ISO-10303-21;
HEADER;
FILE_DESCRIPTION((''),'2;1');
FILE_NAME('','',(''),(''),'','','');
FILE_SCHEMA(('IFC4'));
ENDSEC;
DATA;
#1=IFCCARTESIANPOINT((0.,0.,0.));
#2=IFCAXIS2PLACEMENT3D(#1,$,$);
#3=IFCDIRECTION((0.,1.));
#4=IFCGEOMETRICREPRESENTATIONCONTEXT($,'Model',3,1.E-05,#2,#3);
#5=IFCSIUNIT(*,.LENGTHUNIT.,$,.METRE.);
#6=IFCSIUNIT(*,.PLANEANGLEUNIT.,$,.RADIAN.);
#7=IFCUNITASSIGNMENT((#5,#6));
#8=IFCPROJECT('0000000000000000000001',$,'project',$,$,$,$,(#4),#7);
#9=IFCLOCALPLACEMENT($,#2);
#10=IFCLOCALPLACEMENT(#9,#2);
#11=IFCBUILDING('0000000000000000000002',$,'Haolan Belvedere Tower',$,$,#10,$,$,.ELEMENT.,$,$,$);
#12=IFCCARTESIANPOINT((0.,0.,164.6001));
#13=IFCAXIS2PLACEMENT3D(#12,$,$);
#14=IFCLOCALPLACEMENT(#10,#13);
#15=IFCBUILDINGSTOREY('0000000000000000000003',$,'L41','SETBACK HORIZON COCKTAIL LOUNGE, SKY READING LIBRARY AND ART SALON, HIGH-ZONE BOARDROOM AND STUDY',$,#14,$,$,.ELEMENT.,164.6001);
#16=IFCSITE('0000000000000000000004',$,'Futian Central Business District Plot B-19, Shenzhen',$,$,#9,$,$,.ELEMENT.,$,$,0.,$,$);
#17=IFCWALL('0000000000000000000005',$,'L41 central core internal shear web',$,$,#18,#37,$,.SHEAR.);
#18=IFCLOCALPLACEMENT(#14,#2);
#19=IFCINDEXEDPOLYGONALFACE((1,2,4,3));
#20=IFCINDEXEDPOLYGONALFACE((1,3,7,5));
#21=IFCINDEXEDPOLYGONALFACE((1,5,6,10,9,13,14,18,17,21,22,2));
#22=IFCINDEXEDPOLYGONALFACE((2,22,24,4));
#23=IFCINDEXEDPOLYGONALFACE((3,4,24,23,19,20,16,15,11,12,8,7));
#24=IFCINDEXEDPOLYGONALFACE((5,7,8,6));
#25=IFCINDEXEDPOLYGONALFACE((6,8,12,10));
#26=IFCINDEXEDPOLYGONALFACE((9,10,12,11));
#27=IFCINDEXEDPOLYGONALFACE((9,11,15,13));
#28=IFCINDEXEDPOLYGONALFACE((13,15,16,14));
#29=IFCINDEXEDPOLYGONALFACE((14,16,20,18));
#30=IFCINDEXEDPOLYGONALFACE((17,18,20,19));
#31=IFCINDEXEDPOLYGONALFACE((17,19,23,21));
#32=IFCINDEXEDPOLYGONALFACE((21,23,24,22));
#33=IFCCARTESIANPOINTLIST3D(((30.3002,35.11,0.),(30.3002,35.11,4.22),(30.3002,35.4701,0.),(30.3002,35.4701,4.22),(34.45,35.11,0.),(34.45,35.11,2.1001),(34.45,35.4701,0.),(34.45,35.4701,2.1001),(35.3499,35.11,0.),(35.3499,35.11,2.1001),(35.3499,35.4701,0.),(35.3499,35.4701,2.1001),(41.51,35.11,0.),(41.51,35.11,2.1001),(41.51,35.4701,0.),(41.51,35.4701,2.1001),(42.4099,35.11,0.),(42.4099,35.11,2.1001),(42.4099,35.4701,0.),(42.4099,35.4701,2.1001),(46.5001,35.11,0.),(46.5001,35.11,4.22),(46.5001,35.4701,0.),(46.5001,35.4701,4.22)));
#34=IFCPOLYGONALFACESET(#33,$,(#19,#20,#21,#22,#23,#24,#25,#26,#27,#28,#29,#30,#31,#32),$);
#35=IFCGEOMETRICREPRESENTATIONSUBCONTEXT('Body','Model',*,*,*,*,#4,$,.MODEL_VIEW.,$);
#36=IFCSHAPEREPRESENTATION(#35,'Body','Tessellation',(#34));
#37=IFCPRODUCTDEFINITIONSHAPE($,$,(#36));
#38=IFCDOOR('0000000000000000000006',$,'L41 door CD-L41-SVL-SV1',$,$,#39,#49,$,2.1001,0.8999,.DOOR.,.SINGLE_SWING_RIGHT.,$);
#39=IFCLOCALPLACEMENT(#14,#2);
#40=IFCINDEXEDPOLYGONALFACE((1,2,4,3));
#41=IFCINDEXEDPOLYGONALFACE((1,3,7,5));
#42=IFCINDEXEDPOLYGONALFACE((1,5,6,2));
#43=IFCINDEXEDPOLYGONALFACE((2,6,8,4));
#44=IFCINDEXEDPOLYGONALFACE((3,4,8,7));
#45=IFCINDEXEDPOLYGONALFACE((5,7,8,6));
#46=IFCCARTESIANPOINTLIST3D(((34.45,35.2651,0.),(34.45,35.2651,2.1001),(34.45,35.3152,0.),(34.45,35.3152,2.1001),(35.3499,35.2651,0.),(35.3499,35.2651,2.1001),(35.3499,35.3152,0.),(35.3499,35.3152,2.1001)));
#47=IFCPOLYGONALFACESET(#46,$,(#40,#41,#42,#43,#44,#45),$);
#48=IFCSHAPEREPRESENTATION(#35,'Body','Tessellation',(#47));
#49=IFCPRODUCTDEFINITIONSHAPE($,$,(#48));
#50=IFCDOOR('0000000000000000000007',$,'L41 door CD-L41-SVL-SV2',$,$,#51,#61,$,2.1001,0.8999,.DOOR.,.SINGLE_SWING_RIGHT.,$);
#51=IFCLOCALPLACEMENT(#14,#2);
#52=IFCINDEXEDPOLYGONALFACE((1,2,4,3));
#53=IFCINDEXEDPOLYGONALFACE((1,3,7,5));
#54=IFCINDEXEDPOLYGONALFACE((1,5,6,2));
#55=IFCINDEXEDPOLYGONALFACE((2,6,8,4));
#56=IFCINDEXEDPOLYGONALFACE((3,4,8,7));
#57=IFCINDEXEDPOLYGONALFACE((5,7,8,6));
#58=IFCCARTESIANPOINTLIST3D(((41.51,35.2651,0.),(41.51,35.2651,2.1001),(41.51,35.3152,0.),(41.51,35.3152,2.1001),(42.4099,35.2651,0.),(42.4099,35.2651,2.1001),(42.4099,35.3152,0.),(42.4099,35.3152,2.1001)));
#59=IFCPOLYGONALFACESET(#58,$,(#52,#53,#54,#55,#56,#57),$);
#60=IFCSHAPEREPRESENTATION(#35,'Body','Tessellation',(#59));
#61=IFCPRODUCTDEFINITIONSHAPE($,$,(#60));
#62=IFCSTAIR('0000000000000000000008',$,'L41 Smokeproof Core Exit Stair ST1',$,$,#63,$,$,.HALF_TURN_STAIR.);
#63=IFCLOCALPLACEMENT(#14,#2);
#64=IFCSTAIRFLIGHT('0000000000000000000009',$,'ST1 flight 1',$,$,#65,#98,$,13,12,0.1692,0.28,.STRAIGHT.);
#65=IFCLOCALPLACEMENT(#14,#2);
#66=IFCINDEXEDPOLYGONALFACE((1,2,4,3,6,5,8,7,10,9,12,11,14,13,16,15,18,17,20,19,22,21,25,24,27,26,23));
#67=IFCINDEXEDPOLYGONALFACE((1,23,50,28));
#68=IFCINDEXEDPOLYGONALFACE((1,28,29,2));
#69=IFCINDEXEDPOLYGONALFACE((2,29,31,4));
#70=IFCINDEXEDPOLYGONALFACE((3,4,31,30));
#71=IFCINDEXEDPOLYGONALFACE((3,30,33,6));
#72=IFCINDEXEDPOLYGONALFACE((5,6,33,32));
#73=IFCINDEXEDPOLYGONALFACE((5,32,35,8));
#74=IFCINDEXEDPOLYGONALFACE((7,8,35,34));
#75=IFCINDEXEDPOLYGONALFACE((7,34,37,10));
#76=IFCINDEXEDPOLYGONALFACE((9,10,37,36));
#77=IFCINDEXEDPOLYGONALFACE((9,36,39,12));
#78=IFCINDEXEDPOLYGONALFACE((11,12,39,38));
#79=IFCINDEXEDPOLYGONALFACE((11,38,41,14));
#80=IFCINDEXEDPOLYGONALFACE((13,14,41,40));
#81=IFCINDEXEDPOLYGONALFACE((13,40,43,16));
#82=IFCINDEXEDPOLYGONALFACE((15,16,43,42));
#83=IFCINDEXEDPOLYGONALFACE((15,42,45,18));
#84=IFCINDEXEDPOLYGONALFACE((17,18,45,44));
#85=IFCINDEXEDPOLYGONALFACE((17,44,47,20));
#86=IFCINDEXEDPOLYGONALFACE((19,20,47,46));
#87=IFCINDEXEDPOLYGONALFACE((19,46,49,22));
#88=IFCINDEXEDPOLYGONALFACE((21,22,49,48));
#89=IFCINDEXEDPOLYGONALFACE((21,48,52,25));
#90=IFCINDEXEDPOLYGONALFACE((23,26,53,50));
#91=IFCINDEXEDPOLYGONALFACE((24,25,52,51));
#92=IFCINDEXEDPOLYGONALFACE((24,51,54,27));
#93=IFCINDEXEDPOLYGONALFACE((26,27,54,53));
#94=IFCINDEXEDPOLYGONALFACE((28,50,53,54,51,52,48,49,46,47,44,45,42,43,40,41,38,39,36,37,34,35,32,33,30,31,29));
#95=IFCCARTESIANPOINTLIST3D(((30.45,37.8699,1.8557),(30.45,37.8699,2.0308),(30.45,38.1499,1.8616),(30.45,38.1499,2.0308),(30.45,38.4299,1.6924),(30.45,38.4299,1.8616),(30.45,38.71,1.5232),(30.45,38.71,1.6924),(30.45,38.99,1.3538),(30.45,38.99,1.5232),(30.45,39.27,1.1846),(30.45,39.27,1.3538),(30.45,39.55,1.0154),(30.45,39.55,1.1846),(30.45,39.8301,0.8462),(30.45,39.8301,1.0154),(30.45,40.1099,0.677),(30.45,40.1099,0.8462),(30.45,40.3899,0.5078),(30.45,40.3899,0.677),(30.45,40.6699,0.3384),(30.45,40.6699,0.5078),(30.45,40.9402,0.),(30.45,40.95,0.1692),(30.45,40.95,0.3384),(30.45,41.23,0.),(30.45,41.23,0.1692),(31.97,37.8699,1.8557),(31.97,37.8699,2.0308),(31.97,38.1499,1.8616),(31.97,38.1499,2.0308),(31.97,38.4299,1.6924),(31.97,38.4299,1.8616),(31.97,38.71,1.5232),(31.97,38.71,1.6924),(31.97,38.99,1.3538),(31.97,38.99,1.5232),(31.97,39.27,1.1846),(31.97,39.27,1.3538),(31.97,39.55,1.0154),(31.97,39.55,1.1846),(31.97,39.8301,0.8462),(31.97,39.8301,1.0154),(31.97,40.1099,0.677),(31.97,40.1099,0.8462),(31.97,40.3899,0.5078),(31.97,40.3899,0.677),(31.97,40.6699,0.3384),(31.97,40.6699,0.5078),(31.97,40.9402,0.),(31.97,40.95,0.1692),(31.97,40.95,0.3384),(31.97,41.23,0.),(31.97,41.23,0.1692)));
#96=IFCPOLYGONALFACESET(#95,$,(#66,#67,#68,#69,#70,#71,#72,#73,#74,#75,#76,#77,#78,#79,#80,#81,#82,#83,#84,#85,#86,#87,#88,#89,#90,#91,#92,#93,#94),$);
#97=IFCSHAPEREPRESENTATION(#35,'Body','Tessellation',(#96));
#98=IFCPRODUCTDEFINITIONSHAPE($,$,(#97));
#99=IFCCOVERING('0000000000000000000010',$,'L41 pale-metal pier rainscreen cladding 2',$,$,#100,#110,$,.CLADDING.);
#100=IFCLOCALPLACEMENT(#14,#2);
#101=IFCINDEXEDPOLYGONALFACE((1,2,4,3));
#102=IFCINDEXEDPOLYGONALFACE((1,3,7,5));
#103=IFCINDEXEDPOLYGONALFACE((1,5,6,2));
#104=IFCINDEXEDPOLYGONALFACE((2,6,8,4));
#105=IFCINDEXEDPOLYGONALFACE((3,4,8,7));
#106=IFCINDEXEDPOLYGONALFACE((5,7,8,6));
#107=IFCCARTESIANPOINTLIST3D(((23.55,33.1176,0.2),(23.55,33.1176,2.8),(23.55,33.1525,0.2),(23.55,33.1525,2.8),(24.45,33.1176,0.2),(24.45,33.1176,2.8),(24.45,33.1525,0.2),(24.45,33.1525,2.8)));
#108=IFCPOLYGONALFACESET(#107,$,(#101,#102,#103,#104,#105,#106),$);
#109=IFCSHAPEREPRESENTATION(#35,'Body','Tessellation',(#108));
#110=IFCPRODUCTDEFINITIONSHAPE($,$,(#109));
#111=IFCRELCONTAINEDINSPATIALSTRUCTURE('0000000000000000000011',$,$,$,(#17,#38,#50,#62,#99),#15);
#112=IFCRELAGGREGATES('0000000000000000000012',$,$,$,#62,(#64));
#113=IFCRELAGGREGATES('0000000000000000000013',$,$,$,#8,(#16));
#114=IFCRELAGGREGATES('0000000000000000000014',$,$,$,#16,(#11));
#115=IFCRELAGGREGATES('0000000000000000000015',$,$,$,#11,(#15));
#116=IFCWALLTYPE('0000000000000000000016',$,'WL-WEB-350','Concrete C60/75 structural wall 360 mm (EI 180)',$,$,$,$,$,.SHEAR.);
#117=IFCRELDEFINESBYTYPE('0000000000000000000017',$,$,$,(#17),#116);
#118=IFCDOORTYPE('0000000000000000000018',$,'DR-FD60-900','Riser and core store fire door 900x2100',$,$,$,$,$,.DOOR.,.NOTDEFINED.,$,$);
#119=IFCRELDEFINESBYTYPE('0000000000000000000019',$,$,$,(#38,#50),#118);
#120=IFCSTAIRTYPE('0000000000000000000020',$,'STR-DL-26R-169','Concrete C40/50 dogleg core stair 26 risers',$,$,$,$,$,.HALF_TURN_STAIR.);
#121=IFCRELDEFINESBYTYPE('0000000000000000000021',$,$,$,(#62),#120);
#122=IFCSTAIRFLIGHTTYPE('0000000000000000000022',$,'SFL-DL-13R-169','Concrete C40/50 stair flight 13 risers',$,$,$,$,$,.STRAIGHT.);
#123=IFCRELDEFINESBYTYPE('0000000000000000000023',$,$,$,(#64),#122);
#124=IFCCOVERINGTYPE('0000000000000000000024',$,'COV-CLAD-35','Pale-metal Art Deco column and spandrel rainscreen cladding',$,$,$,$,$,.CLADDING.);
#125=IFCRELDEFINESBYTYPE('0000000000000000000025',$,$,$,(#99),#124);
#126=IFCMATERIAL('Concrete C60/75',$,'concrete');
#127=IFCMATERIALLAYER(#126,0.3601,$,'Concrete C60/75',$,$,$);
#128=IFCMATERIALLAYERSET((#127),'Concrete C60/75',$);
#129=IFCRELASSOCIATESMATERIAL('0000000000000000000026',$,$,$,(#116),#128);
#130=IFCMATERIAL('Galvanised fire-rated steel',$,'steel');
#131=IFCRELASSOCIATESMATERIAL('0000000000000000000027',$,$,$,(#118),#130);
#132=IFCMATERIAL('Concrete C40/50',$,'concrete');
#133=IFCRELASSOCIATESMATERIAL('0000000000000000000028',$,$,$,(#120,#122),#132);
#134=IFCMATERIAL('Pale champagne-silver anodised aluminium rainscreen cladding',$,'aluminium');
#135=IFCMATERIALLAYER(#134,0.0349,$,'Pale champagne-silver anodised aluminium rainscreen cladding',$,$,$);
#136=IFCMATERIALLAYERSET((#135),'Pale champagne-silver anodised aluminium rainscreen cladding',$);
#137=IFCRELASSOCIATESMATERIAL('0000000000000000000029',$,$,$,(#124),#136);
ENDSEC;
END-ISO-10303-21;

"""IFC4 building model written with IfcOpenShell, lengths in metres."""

from ifc_helpers import new_model, si_unit, direction, frame, frame_2d, origin, origin_2d, place, context, subcontext, project, spatial, polyline, rectangle, outline, extrude, material, layer, layer_set, type_object, element, fill, aggregate, save


model = new_model("IFC4")

# Units and contexts
model_context = context("Model", 3, precision=1e-05, world=origin(), true_north=direction((0.0, 1.0)))
body_context = subcontext(model_context, "Body", "Model", "MODEL_VIEW")
ifc_project = project(units=[si_unit("LENGTHUNIT", "METRE"), si_unit("PLANEANGLEUNIT", "RADIAN")], contexts=[model_context])

# Site, building, storey
site_placement = place(None, origin())
site = spatial("IfcSite", under=ifc_project, at=site_placement, Name="Futian Central Business District Plot B-19, Shenzhen", CompositionType="ELEMENT", RefElevation=0.0)
building_placement = place(site_placement, origin())
building = spatial("IfcBuilding", under=site, at=building_placement, Name="Haolan Belvedere Tower", CompositionType="ELEMENT")
storey_placement = place(building_placement, frame((0.0, 0.0, 164.6001)))
storey = spatial("IfcBuildingStorey", under=building, at=storey_placement, Name="L41", Description="SETBACK HORIZON COCKTAIL LOUNGE, SKY READING LIBRARY AND ART SALON, HIGH-ZONE BOARDROOM AND STUDY", CompositionType="ELEMENT", Elevation=164.6001)

# Shared definitions
ifc_material_1 = material(Name="Concrete C60/75", Category="concrete")

# Wall, openings, doors
ifc_layer_1 = layer(ifc_material_1, 0.3601, Name="Concrete C60/75")
ifc_layer_set_1 = layer_set([ifc_layer_1], Name="Concrete C60/75")
wall_type_1 = type_object("IfcWallType", Name="WL-WEB-350", Description="Concrete C60/75 structural wall 360 mm (EI 180)", PredefinedType="SHEAR", material=ifc_layer_set_1)
wall_1_placement = place(storey_placement, frame((30.3, 35.29, 0.0), z_axis=(0.0, 0.0, 1.0), x_axis=(1.0, 0.0, 0.0)))
wall_1 = element("IfcWall", 1, at=wall_1_placement, inside=storey, type_object=wall_type_1, Name="L41 central core internal shear web", PredefinedType="SHEAR", context=body_context, shape_type="SweptSolid", body=[
    extrude(rectangle(XDim=16.2, YDim=0.3601, at=frame_2d((8.1001, 0.0))), origin(), (0.0, 0.0, 1.0), 4.22),
])
opening_1_placement = place(wall_1_placement, frame((5.0498, 0.0, 0.0), z_axis=(0.0, 0.0, 1.0), x_axis=(-1.0, 0.0, 0.0)))
opening_1 = element("IfcOpeningElement", 2, at=opening_1_placement, cuts=wall_1, PredefinedType="OPENING", context=body_context, shape_type="SweptSolid", body=[
    extrude(rectangle(XDim=0.8999, YDim=2.1001, at=frame_2d((0.45, 1.05))), frame((0.0, 0.1899, 0.0), z_axis=(0.0, -1.0, 0.0), x_axis=(1.0, 0.0, 0.0)), (0.0, 0.0, 1.0), 0.3801),
])
opening_2_placement = place(wall_1_placement, frame((12.1099, 0.0, 0.0), z_axis=(0.0, 0.0, 1.0), x_axis=(-1.0, 0.0, 0.0)))
opening_2 = element("IfcOpeningElement", 3, at=opening_2_placement, cuts=wall_1, PredefinedType="OPENING", context=body_context, shape_type="SweptSolid", body=[
    extrude(rectangle(XDim=0.8999, YDim=2.1001, at=frame_2d((0.45, 1.05))), frame((0.0, 0.1899, 0.0), z_axis=(0.0, -1.0, 0.0), x_axis=(1.0, 0.0, 0.0)), (0.0, 0.0, 1.0), 0.3801),
])
ifc_material_2 = material(Name="Galvanised fire-rated steel", Category="steel")
door_type_1 = type_object("IfcDoorType", Name="DR-FD60-900", Description="Riser and core store fire door 900x2100", OperationType="NOTDEFINED", PredefinedType="DOOR", material=ifc_material_2)
door_1_placement = place(opening_1_placement, origin())
door_1 = element("IfcDoor", 4, at=door_1_placement, inside=storey, type_object=door_type_1, Name="L41 door CD-L41-SVL-SV1", OperationType="SINGLE_SWING_RIGHT", OverallHeight=2.1001, OverallWidth=0.8999, PredefinedType="DOOR", context=body_context, shape_type="SweptSolid", body=[
    extrude(rectangle(XDim=0.8999, YDim=2.1001, at=frame_2d((0.45, 1.05))), frame((0.0, 0.0249, 0.0), z_axis=(0.0, -1.0, 0.0), x_axis=(1.0, 0.0, 0.0)), (0.0, 0.0, 1.0), 0.05),
])
fill(opening_1, door_1)
door_2_placement = place(opening_2_placement, origin())
door_2 = element("IfcDoor", 5, at=door_2_placement, inside=storey, type_object=door_type_1, Name="L41 door CD-L41-SVL-SV2", OperationType="SINGLE_SWING_RIGHT", OverallHeight=2.1001, OverallWidth=0.8999, PredefinedType="DOOR", context=body_context, shape_type="SweptSolid", body=[
    extrude(rectangle(XDim=0.8999, YDim=2.1001, at=frame_2d((0.45, 1.05))), frame((0.0, 0.0249, 0.0), z_axis=(0.0, -1.0, 0.0), x_axis=(1.0, 0.0, 0.0)), (0.0, 0.0, 1.0), 0.05),
])
fill(opening_2, door_2)

# Stair, stair flight
ifc_material_3 = material(Name="Concrete C40/50", Category="concrete")
stair_type = type_object("IfcStairType", Name="STR-DL-26R-169", Description="Concrete C40/50 dogleg core stair 26 risers", PredefinedType="HALF_TURN_STAIR", material=ifc_material_3)
stair_placement = place(storey_placement, origin())
stair = element("IfcStair", 6, at=stair_placement, inside=storey, type_object=stair_type, Name="L41 Smokeproof Core Exit Stair ST1", PredefinedType="HALF_TURN_STAIR")
stair_flight_type = type_object("IfcStairFlightType", Name="SFL-DL-13R-169", Description="Concrete C40/50 stair flight 13 risers", PredefinedType="STRAIGHT", material=ifc_material_3)
stair_flight_placement = place(storey_placement, frame((31.21, 41.23, 0.0), z_axis=(0.0, 0.0, 1.0), x_axis=(0.0, -1.0, 0.0)))
stair_flight = element("IfcStairFlight", 7, at=stair_flight_placement, type_object=stair_flight_type, Name="ST1 flight 1", NumberOfRisers=13, NumberOfTreads=12, PredefinedType="STRAIGHT", RiserHeight=0.1692, TreadLength=0.28, context=body_context, shape_type="SweptSolid", body=[
    extrude(outline(polyline([(0.0, 0.0), (0.0, 0.1692), (0.28, 0.1692), (0.28, 0.3384), (0.5601, 0.3384), (0.5601, 0.5078), (0.8401, 0.5078), (0.8401, 0.677), (1.1201, 0.677), (1.1201, 0.8462), (1.3999, 0.8462), (1.3999, 1.0154), (1.6799, 1.0154), (1.6799, 1.1846), (1.96, 1.1846), (1.96, 1.3538), (2.24, 1.3538), (2.24, 1.5232), (2.52, 1.5232), (2.52, 1.6924), (2.8, 1.6924), (2.8, 1.8616), (3.0801, 1.8616), (3.0801, 2.0308), (3.3601, 2.0308), (3.3601, 2.2), (3.3601, 1.8557), (0.2898, 0.0), (0.0, 0.0)])), frame((0.0, 0.76, 0.0), z_axis=(0.0, -1.0, 0.0), x_axis=(1.0, 0.0, 0.0)), (0.0, 0.0, 1.0), 1.52),
])
aggregate(stair, [stair_flight])

# Covering
ifc_material_4 = material(Name="Pale champagne-silver anodised aluminium rainscreen cladding", Category="aluminium")
ifc_layer_2 = layer(ifc_material_4, 0.0349, Name="Pale champagne-silver anodised aluminium rainscreen cladding")
ifc_layer_set_2 = layer_set([ifc_layer_2], Name="Pale champagne-silver anodised aluminium rainscreen cladding")
covering_type = type_object("IfcCoveringType", Name="COV-CLAD-35", Description="Pale-metal Art Deco column and spandrel rainscreen cladding", PredefinedType="CLADDING", material=ifc_layer_set_2)
covering_placement = place(storey_placement, frame((24.0, 33.135, 0.2), z_axis=(0.0, 0.0, 1.0), x_axis=(1.0, 0.0, 0.0)))
element("IfcCovering", 8, at=covering_placement, inside=storey, type_object=covering_type, Name="L41 pale-metal pier rainscreen cladding 2", PredefinedType="CLADDING", context=body_context, shape_type="SweptSolid", body=[
    extrude(rectangle(XDim=0.8999, YDim=0.0349, at=origin_2d()), origin(), (0.0, 0.0, 1.0), 2.6001),
])

save(model, "model.ifc")
